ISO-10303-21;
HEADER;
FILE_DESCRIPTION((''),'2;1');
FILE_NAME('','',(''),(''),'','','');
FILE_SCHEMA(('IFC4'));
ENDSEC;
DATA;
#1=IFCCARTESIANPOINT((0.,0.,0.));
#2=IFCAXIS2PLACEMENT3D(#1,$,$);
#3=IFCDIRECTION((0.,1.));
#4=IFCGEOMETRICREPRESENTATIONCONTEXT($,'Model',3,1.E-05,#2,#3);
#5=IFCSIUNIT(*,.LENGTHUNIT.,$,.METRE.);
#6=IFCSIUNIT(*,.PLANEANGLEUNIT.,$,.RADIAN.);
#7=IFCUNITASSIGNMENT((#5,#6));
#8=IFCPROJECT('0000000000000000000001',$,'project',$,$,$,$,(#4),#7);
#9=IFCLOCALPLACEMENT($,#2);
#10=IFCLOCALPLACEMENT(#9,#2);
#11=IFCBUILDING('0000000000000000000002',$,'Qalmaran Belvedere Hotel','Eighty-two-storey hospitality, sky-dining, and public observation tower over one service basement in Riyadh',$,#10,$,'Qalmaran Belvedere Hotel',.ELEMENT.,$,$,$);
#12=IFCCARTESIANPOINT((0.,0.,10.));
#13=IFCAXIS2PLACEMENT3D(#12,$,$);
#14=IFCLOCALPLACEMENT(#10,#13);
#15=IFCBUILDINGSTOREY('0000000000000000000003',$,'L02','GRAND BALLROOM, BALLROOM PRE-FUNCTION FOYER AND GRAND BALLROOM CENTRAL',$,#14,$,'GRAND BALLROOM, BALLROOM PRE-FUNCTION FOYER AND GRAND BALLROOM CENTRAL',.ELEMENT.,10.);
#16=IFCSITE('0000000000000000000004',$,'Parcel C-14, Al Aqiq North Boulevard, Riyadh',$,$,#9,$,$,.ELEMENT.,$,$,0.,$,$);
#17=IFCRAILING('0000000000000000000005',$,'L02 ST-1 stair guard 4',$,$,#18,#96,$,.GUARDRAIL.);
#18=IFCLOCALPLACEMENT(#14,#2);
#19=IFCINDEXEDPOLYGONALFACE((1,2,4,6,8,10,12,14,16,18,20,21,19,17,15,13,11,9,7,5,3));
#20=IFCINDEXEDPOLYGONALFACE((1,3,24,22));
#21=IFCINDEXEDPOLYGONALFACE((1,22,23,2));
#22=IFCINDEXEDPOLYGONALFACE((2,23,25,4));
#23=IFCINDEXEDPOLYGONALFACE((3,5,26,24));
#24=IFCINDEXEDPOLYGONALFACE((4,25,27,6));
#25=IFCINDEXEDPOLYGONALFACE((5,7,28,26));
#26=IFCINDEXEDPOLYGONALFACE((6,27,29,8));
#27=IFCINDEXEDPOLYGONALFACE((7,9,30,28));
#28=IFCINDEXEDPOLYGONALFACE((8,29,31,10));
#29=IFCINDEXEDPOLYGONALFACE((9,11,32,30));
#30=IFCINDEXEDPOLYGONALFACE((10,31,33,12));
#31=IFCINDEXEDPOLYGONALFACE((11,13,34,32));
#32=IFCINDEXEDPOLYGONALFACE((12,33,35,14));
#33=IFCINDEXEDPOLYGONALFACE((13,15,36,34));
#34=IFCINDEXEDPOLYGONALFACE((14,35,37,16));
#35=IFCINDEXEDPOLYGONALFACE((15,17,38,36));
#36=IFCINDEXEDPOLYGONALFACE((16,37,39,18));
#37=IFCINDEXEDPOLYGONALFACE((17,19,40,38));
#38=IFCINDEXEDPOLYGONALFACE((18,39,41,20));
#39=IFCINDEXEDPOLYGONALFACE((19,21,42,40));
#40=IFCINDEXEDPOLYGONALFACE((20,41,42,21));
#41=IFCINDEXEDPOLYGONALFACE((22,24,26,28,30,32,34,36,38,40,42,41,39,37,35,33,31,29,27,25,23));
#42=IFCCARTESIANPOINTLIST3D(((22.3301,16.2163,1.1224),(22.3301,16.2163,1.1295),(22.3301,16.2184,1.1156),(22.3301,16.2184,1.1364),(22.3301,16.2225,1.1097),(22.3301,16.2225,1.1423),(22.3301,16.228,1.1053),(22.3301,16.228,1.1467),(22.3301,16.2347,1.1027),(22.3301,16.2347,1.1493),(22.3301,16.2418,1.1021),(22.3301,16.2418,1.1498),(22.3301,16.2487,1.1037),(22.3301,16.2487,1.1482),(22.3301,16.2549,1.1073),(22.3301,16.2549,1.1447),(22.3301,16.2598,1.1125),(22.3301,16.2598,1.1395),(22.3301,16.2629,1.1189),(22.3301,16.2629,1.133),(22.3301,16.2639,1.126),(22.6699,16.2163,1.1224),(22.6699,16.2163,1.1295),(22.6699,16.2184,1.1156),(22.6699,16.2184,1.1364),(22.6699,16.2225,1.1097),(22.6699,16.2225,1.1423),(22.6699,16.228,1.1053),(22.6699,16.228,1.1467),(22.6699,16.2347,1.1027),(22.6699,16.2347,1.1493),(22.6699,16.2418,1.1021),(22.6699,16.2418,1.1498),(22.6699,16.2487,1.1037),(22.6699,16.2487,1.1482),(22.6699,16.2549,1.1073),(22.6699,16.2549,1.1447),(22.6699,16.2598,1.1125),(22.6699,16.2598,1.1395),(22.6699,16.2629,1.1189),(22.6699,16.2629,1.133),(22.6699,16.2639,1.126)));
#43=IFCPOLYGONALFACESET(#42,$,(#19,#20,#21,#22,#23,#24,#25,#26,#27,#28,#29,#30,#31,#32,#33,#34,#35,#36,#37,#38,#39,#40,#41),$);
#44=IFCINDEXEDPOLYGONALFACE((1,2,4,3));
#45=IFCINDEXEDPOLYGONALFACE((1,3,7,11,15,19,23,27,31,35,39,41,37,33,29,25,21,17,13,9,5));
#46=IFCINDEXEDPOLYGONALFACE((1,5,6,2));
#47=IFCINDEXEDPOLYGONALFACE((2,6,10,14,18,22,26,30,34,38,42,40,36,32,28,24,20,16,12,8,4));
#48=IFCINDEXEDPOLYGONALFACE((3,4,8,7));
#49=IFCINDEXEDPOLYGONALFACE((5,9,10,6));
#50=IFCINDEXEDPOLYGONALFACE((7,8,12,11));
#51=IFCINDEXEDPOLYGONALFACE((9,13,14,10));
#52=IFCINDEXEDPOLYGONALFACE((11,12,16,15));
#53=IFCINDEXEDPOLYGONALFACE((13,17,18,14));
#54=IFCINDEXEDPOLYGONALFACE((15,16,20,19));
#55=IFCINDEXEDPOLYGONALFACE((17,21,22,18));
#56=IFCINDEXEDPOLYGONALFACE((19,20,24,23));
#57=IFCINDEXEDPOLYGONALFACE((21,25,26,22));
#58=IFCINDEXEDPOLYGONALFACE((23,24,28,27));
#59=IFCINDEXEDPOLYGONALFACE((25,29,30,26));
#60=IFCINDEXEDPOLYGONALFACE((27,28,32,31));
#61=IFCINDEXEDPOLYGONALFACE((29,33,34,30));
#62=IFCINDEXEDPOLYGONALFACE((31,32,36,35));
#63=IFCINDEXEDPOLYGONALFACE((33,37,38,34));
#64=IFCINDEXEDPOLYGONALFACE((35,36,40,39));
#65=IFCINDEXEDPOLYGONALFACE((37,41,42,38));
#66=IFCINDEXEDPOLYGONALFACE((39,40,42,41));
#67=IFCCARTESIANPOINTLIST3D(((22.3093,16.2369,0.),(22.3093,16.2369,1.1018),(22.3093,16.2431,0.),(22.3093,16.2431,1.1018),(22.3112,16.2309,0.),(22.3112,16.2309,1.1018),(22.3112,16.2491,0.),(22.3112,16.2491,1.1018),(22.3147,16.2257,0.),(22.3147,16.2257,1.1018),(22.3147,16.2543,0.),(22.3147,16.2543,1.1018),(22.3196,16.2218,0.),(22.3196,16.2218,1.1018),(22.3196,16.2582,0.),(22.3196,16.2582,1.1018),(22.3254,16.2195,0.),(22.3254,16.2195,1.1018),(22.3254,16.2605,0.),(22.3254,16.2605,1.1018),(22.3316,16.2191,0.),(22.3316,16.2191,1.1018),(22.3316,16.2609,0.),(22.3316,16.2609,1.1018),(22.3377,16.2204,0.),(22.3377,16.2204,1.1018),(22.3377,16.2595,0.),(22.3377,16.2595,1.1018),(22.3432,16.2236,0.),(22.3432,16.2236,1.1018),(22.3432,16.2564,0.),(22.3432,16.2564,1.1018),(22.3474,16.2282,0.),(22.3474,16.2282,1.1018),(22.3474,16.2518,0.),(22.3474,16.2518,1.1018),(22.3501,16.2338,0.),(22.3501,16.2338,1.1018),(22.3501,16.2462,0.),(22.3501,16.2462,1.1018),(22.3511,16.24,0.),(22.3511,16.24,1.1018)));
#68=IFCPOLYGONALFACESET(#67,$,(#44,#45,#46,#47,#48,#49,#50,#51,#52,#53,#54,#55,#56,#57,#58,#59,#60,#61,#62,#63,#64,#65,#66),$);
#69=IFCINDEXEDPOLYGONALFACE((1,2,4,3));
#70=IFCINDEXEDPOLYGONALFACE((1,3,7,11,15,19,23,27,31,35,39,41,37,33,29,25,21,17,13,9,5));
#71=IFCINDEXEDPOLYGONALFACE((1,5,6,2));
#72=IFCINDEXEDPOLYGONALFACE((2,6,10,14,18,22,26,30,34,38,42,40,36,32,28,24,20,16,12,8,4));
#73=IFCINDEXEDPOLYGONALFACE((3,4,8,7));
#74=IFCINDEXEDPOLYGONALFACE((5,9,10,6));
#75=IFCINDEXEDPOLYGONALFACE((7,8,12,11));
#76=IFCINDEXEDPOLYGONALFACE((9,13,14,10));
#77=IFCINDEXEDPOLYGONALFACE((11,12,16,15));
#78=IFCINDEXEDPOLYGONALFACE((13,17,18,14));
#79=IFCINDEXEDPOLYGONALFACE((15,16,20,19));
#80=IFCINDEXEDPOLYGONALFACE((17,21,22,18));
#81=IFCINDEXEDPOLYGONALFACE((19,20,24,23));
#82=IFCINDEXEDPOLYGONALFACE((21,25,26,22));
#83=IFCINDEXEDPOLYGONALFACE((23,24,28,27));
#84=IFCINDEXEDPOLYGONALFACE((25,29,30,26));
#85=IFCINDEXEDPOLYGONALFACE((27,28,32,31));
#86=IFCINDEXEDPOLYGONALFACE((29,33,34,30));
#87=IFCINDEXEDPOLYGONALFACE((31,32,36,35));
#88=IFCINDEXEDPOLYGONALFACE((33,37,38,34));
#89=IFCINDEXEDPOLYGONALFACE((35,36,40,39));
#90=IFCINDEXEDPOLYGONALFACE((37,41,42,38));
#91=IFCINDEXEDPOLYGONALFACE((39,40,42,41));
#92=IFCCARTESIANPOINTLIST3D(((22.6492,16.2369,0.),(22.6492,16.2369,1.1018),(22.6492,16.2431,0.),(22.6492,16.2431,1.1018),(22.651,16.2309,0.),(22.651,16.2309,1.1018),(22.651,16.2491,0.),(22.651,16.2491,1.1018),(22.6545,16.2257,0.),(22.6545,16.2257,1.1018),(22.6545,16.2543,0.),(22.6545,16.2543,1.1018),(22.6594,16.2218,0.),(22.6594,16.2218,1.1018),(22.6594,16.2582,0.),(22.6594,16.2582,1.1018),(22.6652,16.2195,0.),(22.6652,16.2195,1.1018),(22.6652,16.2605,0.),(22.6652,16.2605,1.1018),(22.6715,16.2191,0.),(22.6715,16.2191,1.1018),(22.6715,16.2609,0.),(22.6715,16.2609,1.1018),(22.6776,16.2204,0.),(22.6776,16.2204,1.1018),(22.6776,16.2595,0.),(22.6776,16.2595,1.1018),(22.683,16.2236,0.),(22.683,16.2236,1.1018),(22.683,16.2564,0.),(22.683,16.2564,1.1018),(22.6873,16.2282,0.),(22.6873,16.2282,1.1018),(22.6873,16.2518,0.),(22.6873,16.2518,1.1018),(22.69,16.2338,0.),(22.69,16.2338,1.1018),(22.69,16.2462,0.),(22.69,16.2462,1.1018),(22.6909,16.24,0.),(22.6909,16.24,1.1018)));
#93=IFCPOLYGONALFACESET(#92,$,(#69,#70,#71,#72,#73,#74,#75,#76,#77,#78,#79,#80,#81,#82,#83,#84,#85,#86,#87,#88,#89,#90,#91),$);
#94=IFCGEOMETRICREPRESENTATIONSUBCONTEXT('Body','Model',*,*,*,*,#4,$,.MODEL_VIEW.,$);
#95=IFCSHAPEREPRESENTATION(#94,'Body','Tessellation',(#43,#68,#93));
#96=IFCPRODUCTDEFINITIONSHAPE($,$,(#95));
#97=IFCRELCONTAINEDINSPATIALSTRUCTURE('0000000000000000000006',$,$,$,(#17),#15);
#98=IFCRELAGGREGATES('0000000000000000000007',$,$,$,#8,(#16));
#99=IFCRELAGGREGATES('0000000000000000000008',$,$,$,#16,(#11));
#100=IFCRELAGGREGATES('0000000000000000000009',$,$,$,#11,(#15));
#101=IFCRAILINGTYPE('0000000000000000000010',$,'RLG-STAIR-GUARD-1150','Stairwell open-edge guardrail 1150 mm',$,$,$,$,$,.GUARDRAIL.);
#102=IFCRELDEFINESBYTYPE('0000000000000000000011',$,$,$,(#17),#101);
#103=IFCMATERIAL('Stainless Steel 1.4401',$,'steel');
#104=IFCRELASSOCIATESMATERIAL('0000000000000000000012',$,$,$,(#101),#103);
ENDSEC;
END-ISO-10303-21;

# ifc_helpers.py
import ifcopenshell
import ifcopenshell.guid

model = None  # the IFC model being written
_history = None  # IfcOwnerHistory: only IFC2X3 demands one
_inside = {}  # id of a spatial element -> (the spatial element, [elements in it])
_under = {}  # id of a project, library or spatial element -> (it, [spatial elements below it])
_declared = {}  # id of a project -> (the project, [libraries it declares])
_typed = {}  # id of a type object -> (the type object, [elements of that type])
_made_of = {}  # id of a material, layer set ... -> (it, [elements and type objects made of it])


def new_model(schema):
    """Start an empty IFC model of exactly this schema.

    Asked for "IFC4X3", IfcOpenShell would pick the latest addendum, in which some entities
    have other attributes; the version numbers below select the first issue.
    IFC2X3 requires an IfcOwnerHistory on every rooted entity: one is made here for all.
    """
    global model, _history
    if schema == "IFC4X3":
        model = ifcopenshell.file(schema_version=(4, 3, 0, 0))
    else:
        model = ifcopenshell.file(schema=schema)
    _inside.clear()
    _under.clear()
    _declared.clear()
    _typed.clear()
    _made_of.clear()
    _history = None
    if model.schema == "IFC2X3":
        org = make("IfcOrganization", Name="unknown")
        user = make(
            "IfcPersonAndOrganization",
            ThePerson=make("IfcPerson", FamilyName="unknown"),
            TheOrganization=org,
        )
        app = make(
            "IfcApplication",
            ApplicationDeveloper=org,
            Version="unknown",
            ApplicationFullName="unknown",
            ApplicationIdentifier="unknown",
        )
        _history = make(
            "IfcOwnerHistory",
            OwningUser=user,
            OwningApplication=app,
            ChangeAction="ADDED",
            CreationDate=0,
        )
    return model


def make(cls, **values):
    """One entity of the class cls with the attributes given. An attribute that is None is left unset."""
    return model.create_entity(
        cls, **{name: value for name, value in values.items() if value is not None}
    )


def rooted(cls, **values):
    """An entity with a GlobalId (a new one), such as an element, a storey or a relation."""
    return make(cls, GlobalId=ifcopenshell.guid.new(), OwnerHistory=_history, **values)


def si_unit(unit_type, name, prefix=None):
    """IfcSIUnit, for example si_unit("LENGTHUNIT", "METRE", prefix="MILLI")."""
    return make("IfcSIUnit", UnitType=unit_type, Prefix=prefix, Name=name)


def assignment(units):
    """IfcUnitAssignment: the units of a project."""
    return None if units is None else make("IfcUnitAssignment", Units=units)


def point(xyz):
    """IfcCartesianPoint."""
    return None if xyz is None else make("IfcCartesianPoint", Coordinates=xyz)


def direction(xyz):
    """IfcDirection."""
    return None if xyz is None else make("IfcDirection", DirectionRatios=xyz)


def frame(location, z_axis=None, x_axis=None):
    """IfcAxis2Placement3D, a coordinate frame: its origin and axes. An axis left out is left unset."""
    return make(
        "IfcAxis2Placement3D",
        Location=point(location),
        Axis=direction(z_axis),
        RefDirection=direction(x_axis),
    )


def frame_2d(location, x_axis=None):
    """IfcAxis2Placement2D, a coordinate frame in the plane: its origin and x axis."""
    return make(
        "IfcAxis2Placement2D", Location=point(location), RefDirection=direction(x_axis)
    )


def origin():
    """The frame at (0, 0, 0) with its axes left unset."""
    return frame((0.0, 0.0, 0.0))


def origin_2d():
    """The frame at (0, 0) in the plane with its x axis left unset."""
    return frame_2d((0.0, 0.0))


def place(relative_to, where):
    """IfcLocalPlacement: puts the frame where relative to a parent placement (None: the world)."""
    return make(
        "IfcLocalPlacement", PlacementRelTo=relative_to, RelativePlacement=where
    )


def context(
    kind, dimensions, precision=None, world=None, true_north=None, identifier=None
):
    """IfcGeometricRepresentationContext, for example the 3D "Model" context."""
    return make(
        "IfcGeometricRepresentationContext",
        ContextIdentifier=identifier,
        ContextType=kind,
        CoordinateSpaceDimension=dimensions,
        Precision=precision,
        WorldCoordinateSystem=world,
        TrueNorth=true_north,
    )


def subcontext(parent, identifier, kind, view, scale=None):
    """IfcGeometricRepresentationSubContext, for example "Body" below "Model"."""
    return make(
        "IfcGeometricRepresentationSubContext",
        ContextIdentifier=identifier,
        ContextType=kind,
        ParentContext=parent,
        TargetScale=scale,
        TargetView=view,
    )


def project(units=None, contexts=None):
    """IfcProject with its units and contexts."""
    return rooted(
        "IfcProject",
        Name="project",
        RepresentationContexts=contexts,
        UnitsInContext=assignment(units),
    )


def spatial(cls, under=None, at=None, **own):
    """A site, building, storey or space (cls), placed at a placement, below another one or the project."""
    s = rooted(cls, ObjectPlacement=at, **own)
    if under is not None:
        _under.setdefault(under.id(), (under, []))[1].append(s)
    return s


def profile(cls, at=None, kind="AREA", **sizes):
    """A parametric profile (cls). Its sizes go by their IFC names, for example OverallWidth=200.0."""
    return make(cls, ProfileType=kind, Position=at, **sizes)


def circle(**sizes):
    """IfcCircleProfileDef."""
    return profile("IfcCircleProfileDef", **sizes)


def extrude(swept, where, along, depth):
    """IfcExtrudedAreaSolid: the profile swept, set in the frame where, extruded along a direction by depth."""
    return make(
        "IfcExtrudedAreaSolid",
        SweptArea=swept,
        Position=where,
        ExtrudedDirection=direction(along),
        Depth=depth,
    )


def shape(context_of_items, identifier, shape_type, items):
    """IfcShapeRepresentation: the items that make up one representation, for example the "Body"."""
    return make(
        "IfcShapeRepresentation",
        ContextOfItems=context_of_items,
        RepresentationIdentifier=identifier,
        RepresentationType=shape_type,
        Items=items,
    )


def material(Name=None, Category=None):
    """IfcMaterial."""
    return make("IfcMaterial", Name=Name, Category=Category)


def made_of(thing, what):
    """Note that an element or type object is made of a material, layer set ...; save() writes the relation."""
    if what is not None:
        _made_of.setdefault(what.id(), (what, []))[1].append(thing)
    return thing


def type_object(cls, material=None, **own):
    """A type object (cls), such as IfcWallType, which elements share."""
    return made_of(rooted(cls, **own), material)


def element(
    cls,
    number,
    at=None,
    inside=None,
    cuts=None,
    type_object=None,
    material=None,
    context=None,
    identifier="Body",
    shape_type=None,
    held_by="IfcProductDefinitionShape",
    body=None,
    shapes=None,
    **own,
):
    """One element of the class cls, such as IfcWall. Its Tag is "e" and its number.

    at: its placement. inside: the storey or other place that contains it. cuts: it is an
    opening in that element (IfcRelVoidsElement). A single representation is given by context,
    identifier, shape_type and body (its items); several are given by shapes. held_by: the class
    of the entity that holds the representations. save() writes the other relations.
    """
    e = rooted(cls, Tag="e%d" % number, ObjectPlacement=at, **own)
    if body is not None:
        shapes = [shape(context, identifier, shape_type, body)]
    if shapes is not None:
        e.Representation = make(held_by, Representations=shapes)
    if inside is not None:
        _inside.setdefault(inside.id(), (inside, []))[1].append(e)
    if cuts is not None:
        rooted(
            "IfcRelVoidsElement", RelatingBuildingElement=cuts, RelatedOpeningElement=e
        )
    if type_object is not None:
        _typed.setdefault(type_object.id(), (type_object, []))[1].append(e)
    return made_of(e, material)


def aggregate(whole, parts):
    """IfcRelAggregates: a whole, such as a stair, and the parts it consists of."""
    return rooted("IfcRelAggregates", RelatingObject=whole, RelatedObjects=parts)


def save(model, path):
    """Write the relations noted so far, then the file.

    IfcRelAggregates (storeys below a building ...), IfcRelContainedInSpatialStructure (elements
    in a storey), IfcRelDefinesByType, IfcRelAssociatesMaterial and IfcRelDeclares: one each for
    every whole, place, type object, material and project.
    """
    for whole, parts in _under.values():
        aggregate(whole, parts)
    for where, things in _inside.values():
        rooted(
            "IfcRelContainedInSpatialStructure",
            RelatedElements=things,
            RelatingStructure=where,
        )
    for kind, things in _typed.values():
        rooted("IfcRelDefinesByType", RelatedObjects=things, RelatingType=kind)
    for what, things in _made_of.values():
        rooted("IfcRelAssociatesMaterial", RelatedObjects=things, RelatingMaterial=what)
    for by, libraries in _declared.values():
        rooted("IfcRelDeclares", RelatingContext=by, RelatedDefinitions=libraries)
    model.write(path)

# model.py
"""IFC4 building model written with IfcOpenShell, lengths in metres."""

from ifc_helpers import new_model, si_unit, direction, frame, origin, origin_2d, place, context, subcontext, project, spatial, circle, extrude, material, type_object, element, save


model = new_model("IFC4")

# Units and contexts
model_context = context("Model", 3, precision=1e-05, world=origin(), true_north=direction((0.0, 1.0)))
body_context = subcontext(model_context, "Body", "Model", "MODEL_VIEW")
ifc_project = project(units=[si_unit("LENGTHUNIT", "METRE"), si_unit("PLANEANGLEUNIT", "RADIAN")], contexts=[model_context])

# Site, building, storey
site_placement = place(None, origin())
site = spatial("IfcSite", under=ifc_project, at=site_placement, Name="Parcel C-14, Al Aqiq North Boulevard, Riyadh", CompositionType="ELEMENT", RefElevation=0.0)
building_placement = place(site_placement, origin())
building = spatial("IfcBuilding", under=site, at=building_placement, Name="Qalmaran Belvedere Hotel", Description="Eighty-two-storey hospitality, sky-dining, and public observation tower over one service basement in Riyadh", LongName="Qalmaran Belvedere Hotel", CompositionType="ELEMENT")
storey_placement = place(building_placement, frame((0.0, 0.0, 10.0)))
storey = spatial("IfcBuildingStorey", under=building, at=storey_placement, Name="L02", Description="GRAND BALLROOM, BALLROOM PRE-FUNCTION FOYER AND GRAND BALLROOM CENTRAL", LongName="GRAND BALLROOM, BALLROOM PRE-FUNCTION FOYER AND GRAND BALLROOM CENTRAL", CompositionType="ELEMENT", Elevation=10.0)

# Shared definitions
ifc_material_1 = material(Name="Stainless Steel 1.4401", Category="steel")

# Railing
railing_type_1 = type_object("IfcRailingType", Name="RLG-STAIR-GUARD-1150", Description="Stairwell open-edge guardrail 1150 mm", PredefinedType="GUARDRAIL", material=ifc_material_1)
railing_1_placement = place(storey_placement, frame((22.3301, 16.24, 0.0)))
element("IfcRailing", 1, at=railing_1_placement, inside=storey, type_object=railing_type_1, Name="L02 ST-1 stair guard 4", PredefinedType="GUARDRAIL", context=body_context, shape_type="SweptSolid", body=[
    extrude(circle(Radius=0.0239, at=origin_2d()), frame((0.0, 0.0, 1.126), z_axis=(1.0, 0.0, 0.0), x_axis=(0.0, 1.0, 0.0)), (0.0, 0.0, 1.0), 0.3398),
    extrude(circle(Radius=0.021, at=origin_2d()), origin(), (0.0, 0.0, 1.0), 1.1018),
    extrude(circle(Radius=0.021, at=origin_2d()), frame((0.3398, 0.0, 0.0)), (0.0, 0.0, 1.0), 1.1018),
])

save(model, "model.ifc")
